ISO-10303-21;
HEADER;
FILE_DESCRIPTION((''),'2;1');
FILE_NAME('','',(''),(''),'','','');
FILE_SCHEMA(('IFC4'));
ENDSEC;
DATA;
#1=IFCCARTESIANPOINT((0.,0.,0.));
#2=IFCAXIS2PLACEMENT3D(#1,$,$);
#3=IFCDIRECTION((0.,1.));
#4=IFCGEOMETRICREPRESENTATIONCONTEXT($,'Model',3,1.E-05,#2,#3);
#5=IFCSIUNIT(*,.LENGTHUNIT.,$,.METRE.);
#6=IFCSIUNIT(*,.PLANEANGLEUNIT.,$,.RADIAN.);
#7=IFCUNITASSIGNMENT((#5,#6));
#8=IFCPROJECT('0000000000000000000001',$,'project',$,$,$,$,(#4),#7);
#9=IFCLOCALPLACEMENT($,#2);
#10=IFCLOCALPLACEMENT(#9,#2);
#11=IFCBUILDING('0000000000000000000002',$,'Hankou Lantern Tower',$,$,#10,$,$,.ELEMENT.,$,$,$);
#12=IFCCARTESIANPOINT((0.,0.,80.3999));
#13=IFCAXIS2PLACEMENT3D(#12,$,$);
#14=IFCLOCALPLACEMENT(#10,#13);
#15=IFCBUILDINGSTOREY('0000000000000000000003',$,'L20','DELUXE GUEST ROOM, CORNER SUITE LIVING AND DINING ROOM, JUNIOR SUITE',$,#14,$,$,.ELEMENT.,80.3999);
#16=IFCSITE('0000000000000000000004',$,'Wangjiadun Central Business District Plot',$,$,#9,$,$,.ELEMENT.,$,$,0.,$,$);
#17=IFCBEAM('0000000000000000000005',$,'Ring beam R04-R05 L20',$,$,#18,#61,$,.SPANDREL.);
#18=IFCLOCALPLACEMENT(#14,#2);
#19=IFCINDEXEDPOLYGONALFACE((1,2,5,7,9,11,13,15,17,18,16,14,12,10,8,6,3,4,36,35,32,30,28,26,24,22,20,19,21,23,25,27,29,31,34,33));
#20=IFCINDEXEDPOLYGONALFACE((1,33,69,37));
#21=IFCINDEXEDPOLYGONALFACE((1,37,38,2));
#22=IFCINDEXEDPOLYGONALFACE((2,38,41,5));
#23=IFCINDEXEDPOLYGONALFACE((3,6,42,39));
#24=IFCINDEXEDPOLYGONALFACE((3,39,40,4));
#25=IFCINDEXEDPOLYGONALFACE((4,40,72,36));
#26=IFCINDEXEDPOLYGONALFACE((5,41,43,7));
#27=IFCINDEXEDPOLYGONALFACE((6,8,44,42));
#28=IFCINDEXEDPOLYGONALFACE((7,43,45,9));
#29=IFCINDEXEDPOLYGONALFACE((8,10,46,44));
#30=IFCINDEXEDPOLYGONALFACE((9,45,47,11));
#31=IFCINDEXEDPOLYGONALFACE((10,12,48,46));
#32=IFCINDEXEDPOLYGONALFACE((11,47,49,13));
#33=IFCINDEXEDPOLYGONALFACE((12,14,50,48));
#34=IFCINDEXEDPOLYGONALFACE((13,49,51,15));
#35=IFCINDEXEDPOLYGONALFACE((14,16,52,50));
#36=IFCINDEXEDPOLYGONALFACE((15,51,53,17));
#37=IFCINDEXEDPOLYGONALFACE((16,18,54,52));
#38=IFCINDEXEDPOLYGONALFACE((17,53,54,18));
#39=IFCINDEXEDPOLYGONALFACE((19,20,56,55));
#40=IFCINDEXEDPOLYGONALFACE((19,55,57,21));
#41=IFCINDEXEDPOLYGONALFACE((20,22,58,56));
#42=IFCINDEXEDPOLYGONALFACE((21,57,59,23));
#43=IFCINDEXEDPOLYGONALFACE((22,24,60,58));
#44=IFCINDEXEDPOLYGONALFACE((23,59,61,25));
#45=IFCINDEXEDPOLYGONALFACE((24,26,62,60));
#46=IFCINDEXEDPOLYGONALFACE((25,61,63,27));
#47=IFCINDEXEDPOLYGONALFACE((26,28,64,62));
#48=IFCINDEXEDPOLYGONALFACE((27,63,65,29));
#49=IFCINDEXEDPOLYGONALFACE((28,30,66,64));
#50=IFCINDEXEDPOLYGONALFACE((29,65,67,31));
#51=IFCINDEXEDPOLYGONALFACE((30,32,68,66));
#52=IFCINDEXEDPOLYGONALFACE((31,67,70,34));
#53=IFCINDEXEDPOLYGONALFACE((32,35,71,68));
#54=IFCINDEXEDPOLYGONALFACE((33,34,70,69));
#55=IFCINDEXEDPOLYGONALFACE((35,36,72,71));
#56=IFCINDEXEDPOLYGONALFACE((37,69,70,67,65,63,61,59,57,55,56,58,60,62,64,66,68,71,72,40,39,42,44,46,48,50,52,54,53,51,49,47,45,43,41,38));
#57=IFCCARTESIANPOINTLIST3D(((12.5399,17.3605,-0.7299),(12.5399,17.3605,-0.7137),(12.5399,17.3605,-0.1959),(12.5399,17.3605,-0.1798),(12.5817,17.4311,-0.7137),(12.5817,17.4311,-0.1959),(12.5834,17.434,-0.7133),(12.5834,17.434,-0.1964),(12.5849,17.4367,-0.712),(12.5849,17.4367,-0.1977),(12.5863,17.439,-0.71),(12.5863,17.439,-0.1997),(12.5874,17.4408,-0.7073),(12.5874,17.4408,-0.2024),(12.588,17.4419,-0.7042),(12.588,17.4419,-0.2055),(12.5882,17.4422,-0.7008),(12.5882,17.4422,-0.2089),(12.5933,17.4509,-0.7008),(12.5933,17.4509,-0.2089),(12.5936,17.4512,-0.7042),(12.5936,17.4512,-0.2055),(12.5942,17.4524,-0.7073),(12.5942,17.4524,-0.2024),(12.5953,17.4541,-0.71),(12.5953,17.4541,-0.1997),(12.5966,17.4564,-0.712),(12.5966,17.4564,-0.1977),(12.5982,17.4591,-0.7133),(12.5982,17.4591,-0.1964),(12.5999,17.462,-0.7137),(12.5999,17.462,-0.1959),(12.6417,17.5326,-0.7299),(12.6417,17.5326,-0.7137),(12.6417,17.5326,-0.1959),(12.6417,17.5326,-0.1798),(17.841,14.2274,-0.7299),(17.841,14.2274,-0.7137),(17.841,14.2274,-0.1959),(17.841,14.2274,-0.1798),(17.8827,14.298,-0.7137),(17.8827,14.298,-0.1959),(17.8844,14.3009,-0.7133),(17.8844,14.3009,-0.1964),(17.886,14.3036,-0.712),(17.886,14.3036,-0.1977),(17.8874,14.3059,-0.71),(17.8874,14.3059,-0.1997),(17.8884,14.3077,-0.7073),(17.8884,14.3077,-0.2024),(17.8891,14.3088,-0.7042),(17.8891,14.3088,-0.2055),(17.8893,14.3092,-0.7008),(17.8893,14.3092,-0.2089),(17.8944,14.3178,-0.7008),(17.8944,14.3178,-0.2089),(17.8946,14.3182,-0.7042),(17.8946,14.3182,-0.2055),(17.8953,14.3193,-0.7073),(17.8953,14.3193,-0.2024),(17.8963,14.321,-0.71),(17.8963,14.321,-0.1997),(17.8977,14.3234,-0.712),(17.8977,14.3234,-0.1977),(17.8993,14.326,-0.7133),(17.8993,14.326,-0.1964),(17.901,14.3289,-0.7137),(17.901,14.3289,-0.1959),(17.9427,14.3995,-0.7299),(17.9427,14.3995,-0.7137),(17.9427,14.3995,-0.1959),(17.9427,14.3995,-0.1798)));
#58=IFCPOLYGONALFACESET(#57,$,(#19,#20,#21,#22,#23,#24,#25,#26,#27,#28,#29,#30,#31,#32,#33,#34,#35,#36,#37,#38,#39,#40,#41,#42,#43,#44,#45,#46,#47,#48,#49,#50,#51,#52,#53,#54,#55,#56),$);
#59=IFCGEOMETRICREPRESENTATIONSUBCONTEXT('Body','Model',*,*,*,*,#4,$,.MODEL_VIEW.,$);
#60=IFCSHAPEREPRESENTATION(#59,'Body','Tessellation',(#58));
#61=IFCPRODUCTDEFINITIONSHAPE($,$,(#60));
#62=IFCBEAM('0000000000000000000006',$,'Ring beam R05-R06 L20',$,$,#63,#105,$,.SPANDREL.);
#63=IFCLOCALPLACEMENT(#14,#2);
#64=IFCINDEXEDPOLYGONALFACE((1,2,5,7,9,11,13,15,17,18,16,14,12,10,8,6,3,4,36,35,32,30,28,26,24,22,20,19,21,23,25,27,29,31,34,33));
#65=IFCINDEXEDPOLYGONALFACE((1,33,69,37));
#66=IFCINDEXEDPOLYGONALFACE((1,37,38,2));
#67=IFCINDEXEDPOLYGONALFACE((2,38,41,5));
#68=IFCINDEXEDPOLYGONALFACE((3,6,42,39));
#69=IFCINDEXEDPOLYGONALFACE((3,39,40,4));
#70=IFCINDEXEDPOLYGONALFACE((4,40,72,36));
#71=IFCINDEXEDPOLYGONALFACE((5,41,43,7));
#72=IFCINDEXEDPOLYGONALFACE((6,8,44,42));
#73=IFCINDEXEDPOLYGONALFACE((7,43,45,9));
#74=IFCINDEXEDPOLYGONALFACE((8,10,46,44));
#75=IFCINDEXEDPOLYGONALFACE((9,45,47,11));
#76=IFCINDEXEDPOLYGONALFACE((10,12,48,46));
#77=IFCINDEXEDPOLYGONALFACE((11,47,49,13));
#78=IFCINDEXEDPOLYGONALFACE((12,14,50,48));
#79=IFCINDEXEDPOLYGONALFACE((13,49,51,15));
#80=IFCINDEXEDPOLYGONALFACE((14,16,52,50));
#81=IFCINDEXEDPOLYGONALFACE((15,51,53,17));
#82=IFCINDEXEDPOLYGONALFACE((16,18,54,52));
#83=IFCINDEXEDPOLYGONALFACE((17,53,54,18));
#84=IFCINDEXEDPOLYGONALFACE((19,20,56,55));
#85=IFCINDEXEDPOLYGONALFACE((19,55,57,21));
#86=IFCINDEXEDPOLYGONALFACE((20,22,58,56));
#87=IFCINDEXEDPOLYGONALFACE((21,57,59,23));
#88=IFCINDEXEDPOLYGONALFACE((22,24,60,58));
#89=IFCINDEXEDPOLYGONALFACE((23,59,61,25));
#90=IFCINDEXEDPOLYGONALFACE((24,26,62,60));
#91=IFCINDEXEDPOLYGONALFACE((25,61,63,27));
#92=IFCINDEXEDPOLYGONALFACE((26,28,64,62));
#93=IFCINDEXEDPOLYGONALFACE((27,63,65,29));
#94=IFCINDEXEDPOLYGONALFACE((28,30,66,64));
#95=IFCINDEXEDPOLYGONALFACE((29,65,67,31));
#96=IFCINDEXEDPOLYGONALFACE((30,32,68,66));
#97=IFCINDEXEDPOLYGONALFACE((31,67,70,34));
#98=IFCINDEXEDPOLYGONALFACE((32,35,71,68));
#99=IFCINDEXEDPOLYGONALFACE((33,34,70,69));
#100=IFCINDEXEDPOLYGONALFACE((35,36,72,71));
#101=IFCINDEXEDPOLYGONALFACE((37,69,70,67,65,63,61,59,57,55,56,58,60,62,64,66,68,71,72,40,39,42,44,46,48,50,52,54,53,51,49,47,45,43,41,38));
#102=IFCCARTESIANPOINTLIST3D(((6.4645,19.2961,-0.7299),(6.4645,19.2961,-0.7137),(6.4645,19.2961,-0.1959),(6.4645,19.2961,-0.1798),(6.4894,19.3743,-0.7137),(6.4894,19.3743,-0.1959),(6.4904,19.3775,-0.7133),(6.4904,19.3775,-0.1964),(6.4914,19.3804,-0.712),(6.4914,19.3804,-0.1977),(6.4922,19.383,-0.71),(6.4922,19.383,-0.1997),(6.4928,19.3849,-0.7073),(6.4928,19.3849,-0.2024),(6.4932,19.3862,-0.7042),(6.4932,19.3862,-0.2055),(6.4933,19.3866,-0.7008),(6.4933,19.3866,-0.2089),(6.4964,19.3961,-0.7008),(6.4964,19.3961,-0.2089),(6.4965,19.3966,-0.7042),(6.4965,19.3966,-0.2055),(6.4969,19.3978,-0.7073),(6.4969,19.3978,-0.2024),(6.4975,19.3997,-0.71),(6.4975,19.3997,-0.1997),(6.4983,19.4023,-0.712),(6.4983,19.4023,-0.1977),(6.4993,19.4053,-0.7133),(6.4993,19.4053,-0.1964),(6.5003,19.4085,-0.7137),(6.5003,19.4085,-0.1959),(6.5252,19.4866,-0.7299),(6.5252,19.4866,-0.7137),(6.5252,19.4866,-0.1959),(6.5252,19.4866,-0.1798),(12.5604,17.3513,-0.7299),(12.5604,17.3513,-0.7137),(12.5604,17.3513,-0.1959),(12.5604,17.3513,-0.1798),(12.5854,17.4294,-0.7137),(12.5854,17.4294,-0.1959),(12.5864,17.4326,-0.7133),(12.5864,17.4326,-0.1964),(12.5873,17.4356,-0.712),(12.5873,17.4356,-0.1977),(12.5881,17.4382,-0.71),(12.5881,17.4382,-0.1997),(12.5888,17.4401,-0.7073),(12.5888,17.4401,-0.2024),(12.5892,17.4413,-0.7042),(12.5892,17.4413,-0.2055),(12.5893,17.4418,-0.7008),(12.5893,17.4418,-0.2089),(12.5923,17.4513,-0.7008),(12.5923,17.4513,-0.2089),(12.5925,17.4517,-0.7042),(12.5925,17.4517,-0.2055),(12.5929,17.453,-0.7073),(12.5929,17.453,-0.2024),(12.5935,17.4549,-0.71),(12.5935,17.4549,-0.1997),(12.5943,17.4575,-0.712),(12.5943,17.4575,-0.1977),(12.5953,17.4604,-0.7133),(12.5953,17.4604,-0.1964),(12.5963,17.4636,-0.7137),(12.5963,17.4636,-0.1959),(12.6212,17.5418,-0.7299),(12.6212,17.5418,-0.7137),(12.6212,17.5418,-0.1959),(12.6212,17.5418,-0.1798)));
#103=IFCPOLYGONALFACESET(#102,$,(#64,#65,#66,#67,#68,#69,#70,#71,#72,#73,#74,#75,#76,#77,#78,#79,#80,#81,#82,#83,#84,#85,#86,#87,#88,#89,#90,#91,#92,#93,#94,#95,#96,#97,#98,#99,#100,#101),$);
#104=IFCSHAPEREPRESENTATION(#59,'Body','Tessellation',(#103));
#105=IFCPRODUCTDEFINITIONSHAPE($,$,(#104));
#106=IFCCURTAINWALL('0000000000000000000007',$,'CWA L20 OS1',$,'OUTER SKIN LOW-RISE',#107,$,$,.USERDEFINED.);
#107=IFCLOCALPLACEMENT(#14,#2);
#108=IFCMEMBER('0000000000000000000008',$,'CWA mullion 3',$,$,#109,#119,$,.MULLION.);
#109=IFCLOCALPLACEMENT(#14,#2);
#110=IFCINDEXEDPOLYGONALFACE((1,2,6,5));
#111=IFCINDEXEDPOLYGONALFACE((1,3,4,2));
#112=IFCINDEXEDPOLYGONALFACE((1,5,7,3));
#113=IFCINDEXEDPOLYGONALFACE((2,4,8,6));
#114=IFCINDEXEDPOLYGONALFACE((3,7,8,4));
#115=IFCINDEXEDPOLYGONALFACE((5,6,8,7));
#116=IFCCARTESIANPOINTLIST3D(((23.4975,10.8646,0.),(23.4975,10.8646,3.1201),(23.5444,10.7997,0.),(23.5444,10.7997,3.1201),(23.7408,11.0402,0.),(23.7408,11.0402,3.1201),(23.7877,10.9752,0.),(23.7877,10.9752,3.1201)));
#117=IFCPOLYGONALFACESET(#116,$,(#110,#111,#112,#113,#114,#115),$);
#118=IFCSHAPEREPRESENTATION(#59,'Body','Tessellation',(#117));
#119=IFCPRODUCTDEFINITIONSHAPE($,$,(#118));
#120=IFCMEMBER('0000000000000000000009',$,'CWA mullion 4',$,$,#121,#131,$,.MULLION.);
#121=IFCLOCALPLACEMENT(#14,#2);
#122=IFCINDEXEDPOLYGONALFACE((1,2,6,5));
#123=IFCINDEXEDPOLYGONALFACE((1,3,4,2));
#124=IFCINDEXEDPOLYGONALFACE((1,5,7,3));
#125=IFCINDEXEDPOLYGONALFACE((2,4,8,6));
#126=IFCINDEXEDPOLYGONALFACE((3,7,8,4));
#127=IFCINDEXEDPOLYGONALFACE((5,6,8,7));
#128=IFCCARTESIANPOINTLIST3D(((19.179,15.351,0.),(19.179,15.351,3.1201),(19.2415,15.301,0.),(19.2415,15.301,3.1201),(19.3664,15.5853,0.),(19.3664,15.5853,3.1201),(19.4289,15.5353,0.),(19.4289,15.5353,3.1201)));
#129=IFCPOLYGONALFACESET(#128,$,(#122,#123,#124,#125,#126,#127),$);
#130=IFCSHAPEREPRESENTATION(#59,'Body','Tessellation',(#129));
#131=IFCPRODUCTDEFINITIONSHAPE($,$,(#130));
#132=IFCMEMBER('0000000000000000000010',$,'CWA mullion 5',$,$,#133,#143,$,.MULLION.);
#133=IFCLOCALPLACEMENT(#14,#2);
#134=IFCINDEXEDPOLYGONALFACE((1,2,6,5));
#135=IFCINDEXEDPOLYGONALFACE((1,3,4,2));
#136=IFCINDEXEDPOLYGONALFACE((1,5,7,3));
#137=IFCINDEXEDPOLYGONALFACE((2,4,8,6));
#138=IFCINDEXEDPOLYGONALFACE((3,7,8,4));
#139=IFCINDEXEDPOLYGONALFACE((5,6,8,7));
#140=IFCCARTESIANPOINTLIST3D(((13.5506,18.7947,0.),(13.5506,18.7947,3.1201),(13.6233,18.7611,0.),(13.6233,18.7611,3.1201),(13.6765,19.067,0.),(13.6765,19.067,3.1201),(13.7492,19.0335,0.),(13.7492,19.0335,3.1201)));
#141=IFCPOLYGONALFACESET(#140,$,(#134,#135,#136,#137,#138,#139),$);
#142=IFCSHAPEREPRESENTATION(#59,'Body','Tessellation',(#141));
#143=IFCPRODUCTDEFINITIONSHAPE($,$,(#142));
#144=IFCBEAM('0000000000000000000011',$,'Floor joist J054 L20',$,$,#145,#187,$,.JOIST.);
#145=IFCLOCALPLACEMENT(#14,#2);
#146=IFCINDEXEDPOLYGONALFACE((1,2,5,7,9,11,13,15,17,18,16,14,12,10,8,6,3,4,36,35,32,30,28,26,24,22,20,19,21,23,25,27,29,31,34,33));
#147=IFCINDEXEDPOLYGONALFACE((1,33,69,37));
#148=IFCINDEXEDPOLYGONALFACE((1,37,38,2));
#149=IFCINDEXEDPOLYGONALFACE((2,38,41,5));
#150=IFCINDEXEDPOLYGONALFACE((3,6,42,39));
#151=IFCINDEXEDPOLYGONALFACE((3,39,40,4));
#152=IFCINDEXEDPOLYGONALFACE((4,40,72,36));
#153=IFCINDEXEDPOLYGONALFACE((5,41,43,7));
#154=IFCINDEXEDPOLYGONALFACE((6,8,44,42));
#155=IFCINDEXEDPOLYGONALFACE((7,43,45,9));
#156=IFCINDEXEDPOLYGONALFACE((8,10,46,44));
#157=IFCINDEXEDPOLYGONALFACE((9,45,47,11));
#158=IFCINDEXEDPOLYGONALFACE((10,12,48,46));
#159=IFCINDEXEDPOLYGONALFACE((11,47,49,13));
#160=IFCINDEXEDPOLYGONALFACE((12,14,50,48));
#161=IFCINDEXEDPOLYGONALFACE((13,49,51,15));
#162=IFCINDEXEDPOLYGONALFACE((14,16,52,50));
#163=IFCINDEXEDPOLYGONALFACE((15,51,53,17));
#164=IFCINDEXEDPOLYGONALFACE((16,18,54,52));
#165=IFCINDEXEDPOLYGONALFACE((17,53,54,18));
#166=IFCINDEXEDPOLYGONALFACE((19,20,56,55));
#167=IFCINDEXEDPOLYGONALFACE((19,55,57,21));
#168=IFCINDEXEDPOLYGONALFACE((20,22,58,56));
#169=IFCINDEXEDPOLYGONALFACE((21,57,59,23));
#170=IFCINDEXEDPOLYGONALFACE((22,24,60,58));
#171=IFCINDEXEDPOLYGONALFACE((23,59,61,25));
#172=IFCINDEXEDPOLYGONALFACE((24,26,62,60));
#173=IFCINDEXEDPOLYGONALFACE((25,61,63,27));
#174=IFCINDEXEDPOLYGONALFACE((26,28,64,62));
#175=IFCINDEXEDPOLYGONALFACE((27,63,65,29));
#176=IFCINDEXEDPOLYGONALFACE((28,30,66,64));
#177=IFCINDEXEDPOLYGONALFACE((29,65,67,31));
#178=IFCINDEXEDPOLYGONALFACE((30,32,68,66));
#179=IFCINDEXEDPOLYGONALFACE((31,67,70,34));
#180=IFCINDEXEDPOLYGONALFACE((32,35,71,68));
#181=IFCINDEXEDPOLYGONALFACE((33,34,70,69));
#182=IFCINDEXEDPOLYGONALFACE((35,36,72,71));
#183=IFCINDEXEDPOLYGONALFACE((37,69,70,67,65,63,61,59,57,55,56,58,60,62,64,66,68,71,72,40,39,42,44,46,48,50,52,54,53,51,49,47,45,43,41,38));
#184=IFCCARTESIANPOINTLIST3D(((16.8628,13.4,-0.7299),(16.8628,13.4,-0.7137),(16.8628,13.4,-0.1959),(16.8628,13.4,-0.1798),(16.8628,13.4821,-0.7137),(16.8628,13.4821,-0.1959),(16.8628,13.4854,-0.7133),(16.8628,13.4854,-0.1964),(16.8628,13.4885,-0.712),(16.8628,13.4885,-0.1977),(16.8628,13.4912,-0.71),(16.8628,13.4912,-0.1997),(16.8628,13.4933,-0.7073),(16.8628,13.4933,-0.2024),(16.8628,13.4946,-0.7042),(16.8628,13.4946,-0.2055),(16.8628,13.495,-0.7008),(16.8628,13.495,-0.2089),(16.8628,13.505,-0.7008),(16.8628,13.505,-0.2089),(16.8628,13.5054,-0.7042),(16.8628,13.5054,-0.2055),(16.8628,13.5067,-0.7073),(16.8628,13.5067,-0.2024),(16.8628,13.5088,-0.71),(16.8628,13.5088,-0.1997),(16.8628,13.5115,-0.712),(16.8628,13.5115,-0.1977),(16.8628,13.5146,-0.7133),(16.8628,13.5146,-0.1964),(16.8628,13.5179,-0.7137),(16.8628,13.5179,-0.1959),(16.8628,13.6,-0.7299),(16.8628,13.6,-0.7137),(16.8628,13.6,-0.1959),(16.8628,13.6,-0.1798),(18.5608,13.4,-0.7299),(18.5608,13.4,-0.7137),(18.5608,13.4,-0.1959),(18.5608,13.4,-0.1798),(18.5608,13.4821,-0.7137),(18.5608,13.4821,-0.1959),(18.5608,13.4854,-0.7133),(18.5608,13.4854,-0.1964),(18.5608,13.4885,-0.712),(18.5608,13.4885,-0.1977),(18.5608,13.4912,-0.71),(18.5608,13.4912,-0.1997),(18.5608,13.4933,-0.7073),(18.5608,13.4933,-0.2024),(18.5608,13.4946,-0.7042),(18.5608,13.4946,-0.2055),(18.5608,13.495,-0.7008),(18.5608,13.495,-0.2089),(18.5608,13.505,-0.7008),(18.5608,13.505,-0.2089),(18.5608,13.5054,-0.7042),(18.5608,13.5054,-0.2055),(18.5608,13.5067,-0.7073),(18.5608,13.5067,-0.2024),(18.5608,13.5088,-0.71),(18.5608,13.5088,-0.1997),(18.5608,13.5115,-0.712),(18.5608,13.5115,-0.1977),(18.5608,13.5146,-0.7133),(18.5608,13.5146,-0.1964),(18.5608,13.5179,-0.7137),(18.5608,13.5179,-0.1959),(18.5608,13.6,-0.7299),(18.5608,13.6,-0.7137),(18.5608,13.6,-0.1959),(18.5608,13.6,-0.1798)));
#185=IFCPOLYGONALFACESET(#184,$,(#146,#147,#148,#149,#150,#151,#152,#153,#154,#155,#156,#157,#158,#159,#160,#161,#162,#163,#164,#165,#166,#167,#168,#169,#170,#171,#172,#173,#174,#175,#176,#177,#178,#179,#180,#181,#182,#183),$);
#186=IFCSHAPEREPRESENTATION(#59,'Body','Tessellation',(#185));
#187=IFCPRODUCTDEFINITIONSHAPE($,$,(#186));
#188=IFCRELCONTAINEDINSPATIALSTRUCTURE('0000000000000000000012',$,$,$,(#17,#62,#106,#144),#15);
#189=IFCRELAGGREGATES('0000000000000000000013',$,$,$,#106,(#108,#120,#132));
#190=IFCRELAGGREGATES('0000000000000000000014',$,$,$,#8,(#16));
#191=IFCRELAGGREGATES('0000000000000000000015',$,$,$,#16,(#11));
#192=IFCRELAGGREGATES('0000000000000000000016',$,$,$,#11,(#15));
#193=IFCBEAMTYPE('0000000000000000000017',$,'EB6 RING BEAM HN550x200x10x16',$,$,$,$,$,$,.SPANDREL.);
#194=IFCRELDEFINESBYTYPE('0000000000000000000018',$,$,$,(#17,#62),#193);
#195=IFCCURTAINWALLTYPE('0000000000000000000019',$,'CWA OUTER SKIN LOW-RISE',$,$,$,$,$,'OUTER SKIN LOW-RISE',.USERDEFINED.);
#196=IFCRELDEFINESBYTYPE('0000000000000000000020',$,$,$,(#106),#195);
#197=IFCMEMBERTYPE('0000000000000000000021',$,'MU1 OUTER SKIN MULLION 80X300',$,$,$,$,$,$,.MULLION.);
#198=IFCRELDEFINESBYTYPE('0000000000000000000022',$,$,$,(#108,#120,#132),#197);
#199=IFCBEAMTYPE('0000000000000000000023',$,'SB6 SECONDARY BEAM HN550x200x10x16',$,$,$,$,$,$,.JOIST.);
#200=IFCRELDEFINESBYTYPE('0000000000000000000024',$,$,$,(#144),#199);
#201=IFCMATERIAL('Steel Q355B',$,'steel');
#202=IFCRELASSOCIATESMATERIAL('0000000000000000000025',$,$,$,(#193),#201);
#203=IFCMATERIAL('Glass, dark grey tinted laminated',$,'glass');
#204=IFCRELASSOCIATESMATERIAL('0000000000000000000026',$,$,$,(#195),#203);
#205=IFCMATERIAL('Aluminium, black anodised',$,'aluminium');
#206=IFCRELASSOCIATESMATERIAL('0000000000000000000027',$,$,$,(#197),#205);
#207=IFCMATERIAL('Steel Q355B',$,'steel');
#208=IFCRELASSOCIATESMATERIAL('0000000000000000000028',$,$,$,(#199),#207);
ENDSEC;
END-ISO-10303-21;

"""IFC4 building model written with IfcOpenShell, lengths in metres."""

from ifc_helpers import new_model, si_unit, direction, frame, origin, origin_2d, place, context, subcontext, project, spatial, rectangle, i_section, extrude, material, material_profile, profile_set, type_object, element, aggregate, save


model = new_model("IFC4")

# Units and contexts
model_context = context("Model", 3, precision=1e-05, world=origin(), true_north=direction((0.0, 1.0)))
body_context = subcontext(model_context, "Body", "Model", "MODEL_VIEW")
ifc_project = project(units=[si_unit("LENGTHUNIT", "METRE"), si_unit("PLANEANGLEUNIT", "RADIAN")], contexts=[model_context])

# Site, building, storey
site_placement = place(None, origin())
site = spatial("IfcSite", under=ifc_project, at=site_placement, Name="Wangjiadun Central Business District Plot", CompositionType="ELEMENT", RefElevation=0.0)
building_placement = place(site_placement, origin())
building = spatial("IfcBuilding", under=site, at=building_placement, Name="Hankou Lantern Tower", CompositionType="ELEMENT")
storey_placement = place(building_placement, frame((0.0, 0.0, 80.3999)))
storey = spatial("IfcBuildingStorey", under=building, at=storey_placement, Name="L20", Description="DELUXE GUEST ROOM, CORNER SUITE LIVING AND DINING ROOM, JUNIOR SUITE", CompositionType="ELEMENT", Elevation=80.3999)

# Beams
ifc_material_1 = material(Name="Steel Q355B", Category="steel")
ifc_material_profile_1 = material_profile(ifc_material_1, i_section(OverallWidth=0.2, OverallDepth=0.55, WebThickness=0.01, FlangeThickness=0.0161, FilletRadius=0.0129, at=origin_2d()), Name="HN550x200x10x16")
ifc_profile_set_1 = profile_set([ifc_material_profile_1], Name="Steel Q355B")
beam_type_1 = type_object("IfcBeamType", Name="EB6 RING BEAM HN550x200x10x16", PredefinedType="SPANDREL", material=ifc_profile_set_1)
beam_1_placement = place(storey_placement, frame((17.8918, 14.3135, -0.4548), z_axis=(-0.860882, 0.508805, 0.0), x_axis=(-0.508805, -0.860882, 0.0)))
element("IfcBeam", 1, at=beam_1_placement, inside=storey, type_object=beam_type_1, Name="Ring beam R04-R05 L20", PredefinedType="SPANDREL", context=body_context, shape_type="SweptSolid", body=[
    extrude(i_section(OverallWidth=0.2, OverallDepth=0.55, WebThickness=0.01, FlangeThickness=0.0161, FilletRadius=0.0129, at=origin_2d()), origin(), (0.0, 0.0, 1.0), 6.1577),
])
beam_2_placement = place(storey_placement, frame((12.5908, 17.4465, -0.4548), z_axis=(-0.95269, 0.303942, 0.0), x_axis=(-0.303942, -0.95269, 0.0)))
element("IfcBeam", 2, at=beam_2_placement, inside=storey, type_object=beam_type_1, Name="Ring beam R05-R06 L20", PredefinedType="SPANDREL", context=body_context, shape_type="SweptSolid", body=[
    extrude(i_section(OverallWidth=0.2, OverallDepth=0.55, WebThickness=0.01, FlangeThickness=0.0161, FilletRadius=0.0129, at=origin_2d()), origin(), (0.0, 0.0, 1.0), 6.3987),
])

# Curtain wall, members
ifc_material_2 = material(Name="Glass, dark grey tinted laminated", Category="glass")
curtain_wall_type = type_object("IfcCurtainWallType", Name="CWA OUTER SKIN LOW-RISE", ElementType="OUTER SKIN LOW-RISE", PredefinedType="USERDEFINED", material=ifc_material_2)
curtain_wall_placement = place(storey_placement, origin())
curtain_wall = element("IfcCurtainWall", 3, at=curtain_wall_placement, inside=storey, type_object=curtain_wall_type, Name="CWA L20 OS1", ObjectType="OUTER SKIN LOW-RISE", PredefinedType="USERDEFINED")
ifc_material_3 = material(Name="Aluminium, black anodised", Category="aluminium")
ifc_material_profile_2 = material_profile(ifc_material_3, rectangle(XDim=0.0801, YDim=0.3, at=origin_2d()), Name="MU1 80X300")
ifc_profile_set_2 = profile_set([ifc_material_profile_2], Name="Aluminium, black anodised")
member_type_1 = type_object("IfcMemberType", Name="MU1 OUTER SKIN MULLION 80X300", PredefinedType="MULLION", material=ifc_profile_set_2)
member_1_placement = place(storey_placement, frame((23.6426, 10.9199, 0.0), z_axis=(0.0, 0.0, 1.0), x_axis=(-0.585206, 0.810885, 0.0)))
member_1 = element("IfcMember", 4, at=member_1_placement, type_object=member_type_1, Name="CWA mullion 3", PredefinedType="MULLION", context=body_context, shape_type="SweptSolid", body=[
    extrude(rectangle(XDim=0.0801, YDim=0.3, at=origin_2d()), origin(), (0.0, 0.0, 1.0), 3.1201),
])
member_2_placement = place(storey_placement, frame((19.304, 15.4431, 0.0), z_axis=(0.0, 0.0, 1.0), x_axis=(-0.780869, 0.624695, 0.0)))
member_2 = element("IfcMember", 5, at=member_2_placement, type_object=member_type_1, Name="CWA mullion 4", PredefinedType="MULLION", context=body_context, shape_type="SweptSolid", body=[
    extrude(rectangle(XDim=0.0801, YDim=0.3, at=origin_2d()), origin(), (0.0, 0.0, 1.0), 3.1201),
])
member_3_placement = place(storey_placement, frame((13.6499, 18.9141, 0.0), z_axis=(0.0, 0.0, 1.0), x_axis=(-0.907841, 0.419314, 0.0)))
member_3 = element("IfcMember", 6, at=member_3_placement, type_object=member_type_1, Name="CWA mullion 5", PredefinedType="MULLION", context=body_context, shape_type="SweptSolid", body=[
    extrude(rectangle(XDim=0.0801, YDim=0.3, at=origin_2d()), origin(), (0.0, 0.0, 1.0), 3.1201),
])

# Beam
ifc_material_4 = material(Name="Steel Q355B", Category="steel")
ifc_material_profile_3 = material_profile(ifc_material_4, i_section(OverallWidth=0.2, OverallDepth=0.55, WebThickness=0.01, FlangeThickness=0.0161, FilletRadius=0.0129, at=origin_2d()), Name="HN550x200x10x16")
ifc_profile_set_3 = profile_set([ifc_material_profile_3], Name="Steel Q355B")
beam_type_2 = type_object("IfcBeamType", Name="SB6 SECONDARY BEAM HN550x200x10x16", PredefinedType="JOIST", material=ifc_profile_set_3)
beam_3_placement = place(storey_placement, frame((16.8628, 13.5, -0.4548), z_axis=(1.0, 0.0, 0.0), x_axis=(0.0, 1.0, 0.0)))
element("IfcBeam", 7, at=beam_3_placement, inside=storey, type_object=beam_type_2, Name="Floor joist J054 L20", PredefinedType="JOIST", context=body_context, shape_type="SweptSolid", body=[
    extrude(i_section(OverallWidth=0.2, OverallDepth=0.55, WebThickness=0.01, FlangeThickness=0.0161, FilletRadius=0.0129, at=origin_2d()), origin(), (0.0, 0.0, 1.0), 1.698),
])

aggregate(curtain_wall, [member_1, member_2, member_3])

save(model, "model.ifc")
